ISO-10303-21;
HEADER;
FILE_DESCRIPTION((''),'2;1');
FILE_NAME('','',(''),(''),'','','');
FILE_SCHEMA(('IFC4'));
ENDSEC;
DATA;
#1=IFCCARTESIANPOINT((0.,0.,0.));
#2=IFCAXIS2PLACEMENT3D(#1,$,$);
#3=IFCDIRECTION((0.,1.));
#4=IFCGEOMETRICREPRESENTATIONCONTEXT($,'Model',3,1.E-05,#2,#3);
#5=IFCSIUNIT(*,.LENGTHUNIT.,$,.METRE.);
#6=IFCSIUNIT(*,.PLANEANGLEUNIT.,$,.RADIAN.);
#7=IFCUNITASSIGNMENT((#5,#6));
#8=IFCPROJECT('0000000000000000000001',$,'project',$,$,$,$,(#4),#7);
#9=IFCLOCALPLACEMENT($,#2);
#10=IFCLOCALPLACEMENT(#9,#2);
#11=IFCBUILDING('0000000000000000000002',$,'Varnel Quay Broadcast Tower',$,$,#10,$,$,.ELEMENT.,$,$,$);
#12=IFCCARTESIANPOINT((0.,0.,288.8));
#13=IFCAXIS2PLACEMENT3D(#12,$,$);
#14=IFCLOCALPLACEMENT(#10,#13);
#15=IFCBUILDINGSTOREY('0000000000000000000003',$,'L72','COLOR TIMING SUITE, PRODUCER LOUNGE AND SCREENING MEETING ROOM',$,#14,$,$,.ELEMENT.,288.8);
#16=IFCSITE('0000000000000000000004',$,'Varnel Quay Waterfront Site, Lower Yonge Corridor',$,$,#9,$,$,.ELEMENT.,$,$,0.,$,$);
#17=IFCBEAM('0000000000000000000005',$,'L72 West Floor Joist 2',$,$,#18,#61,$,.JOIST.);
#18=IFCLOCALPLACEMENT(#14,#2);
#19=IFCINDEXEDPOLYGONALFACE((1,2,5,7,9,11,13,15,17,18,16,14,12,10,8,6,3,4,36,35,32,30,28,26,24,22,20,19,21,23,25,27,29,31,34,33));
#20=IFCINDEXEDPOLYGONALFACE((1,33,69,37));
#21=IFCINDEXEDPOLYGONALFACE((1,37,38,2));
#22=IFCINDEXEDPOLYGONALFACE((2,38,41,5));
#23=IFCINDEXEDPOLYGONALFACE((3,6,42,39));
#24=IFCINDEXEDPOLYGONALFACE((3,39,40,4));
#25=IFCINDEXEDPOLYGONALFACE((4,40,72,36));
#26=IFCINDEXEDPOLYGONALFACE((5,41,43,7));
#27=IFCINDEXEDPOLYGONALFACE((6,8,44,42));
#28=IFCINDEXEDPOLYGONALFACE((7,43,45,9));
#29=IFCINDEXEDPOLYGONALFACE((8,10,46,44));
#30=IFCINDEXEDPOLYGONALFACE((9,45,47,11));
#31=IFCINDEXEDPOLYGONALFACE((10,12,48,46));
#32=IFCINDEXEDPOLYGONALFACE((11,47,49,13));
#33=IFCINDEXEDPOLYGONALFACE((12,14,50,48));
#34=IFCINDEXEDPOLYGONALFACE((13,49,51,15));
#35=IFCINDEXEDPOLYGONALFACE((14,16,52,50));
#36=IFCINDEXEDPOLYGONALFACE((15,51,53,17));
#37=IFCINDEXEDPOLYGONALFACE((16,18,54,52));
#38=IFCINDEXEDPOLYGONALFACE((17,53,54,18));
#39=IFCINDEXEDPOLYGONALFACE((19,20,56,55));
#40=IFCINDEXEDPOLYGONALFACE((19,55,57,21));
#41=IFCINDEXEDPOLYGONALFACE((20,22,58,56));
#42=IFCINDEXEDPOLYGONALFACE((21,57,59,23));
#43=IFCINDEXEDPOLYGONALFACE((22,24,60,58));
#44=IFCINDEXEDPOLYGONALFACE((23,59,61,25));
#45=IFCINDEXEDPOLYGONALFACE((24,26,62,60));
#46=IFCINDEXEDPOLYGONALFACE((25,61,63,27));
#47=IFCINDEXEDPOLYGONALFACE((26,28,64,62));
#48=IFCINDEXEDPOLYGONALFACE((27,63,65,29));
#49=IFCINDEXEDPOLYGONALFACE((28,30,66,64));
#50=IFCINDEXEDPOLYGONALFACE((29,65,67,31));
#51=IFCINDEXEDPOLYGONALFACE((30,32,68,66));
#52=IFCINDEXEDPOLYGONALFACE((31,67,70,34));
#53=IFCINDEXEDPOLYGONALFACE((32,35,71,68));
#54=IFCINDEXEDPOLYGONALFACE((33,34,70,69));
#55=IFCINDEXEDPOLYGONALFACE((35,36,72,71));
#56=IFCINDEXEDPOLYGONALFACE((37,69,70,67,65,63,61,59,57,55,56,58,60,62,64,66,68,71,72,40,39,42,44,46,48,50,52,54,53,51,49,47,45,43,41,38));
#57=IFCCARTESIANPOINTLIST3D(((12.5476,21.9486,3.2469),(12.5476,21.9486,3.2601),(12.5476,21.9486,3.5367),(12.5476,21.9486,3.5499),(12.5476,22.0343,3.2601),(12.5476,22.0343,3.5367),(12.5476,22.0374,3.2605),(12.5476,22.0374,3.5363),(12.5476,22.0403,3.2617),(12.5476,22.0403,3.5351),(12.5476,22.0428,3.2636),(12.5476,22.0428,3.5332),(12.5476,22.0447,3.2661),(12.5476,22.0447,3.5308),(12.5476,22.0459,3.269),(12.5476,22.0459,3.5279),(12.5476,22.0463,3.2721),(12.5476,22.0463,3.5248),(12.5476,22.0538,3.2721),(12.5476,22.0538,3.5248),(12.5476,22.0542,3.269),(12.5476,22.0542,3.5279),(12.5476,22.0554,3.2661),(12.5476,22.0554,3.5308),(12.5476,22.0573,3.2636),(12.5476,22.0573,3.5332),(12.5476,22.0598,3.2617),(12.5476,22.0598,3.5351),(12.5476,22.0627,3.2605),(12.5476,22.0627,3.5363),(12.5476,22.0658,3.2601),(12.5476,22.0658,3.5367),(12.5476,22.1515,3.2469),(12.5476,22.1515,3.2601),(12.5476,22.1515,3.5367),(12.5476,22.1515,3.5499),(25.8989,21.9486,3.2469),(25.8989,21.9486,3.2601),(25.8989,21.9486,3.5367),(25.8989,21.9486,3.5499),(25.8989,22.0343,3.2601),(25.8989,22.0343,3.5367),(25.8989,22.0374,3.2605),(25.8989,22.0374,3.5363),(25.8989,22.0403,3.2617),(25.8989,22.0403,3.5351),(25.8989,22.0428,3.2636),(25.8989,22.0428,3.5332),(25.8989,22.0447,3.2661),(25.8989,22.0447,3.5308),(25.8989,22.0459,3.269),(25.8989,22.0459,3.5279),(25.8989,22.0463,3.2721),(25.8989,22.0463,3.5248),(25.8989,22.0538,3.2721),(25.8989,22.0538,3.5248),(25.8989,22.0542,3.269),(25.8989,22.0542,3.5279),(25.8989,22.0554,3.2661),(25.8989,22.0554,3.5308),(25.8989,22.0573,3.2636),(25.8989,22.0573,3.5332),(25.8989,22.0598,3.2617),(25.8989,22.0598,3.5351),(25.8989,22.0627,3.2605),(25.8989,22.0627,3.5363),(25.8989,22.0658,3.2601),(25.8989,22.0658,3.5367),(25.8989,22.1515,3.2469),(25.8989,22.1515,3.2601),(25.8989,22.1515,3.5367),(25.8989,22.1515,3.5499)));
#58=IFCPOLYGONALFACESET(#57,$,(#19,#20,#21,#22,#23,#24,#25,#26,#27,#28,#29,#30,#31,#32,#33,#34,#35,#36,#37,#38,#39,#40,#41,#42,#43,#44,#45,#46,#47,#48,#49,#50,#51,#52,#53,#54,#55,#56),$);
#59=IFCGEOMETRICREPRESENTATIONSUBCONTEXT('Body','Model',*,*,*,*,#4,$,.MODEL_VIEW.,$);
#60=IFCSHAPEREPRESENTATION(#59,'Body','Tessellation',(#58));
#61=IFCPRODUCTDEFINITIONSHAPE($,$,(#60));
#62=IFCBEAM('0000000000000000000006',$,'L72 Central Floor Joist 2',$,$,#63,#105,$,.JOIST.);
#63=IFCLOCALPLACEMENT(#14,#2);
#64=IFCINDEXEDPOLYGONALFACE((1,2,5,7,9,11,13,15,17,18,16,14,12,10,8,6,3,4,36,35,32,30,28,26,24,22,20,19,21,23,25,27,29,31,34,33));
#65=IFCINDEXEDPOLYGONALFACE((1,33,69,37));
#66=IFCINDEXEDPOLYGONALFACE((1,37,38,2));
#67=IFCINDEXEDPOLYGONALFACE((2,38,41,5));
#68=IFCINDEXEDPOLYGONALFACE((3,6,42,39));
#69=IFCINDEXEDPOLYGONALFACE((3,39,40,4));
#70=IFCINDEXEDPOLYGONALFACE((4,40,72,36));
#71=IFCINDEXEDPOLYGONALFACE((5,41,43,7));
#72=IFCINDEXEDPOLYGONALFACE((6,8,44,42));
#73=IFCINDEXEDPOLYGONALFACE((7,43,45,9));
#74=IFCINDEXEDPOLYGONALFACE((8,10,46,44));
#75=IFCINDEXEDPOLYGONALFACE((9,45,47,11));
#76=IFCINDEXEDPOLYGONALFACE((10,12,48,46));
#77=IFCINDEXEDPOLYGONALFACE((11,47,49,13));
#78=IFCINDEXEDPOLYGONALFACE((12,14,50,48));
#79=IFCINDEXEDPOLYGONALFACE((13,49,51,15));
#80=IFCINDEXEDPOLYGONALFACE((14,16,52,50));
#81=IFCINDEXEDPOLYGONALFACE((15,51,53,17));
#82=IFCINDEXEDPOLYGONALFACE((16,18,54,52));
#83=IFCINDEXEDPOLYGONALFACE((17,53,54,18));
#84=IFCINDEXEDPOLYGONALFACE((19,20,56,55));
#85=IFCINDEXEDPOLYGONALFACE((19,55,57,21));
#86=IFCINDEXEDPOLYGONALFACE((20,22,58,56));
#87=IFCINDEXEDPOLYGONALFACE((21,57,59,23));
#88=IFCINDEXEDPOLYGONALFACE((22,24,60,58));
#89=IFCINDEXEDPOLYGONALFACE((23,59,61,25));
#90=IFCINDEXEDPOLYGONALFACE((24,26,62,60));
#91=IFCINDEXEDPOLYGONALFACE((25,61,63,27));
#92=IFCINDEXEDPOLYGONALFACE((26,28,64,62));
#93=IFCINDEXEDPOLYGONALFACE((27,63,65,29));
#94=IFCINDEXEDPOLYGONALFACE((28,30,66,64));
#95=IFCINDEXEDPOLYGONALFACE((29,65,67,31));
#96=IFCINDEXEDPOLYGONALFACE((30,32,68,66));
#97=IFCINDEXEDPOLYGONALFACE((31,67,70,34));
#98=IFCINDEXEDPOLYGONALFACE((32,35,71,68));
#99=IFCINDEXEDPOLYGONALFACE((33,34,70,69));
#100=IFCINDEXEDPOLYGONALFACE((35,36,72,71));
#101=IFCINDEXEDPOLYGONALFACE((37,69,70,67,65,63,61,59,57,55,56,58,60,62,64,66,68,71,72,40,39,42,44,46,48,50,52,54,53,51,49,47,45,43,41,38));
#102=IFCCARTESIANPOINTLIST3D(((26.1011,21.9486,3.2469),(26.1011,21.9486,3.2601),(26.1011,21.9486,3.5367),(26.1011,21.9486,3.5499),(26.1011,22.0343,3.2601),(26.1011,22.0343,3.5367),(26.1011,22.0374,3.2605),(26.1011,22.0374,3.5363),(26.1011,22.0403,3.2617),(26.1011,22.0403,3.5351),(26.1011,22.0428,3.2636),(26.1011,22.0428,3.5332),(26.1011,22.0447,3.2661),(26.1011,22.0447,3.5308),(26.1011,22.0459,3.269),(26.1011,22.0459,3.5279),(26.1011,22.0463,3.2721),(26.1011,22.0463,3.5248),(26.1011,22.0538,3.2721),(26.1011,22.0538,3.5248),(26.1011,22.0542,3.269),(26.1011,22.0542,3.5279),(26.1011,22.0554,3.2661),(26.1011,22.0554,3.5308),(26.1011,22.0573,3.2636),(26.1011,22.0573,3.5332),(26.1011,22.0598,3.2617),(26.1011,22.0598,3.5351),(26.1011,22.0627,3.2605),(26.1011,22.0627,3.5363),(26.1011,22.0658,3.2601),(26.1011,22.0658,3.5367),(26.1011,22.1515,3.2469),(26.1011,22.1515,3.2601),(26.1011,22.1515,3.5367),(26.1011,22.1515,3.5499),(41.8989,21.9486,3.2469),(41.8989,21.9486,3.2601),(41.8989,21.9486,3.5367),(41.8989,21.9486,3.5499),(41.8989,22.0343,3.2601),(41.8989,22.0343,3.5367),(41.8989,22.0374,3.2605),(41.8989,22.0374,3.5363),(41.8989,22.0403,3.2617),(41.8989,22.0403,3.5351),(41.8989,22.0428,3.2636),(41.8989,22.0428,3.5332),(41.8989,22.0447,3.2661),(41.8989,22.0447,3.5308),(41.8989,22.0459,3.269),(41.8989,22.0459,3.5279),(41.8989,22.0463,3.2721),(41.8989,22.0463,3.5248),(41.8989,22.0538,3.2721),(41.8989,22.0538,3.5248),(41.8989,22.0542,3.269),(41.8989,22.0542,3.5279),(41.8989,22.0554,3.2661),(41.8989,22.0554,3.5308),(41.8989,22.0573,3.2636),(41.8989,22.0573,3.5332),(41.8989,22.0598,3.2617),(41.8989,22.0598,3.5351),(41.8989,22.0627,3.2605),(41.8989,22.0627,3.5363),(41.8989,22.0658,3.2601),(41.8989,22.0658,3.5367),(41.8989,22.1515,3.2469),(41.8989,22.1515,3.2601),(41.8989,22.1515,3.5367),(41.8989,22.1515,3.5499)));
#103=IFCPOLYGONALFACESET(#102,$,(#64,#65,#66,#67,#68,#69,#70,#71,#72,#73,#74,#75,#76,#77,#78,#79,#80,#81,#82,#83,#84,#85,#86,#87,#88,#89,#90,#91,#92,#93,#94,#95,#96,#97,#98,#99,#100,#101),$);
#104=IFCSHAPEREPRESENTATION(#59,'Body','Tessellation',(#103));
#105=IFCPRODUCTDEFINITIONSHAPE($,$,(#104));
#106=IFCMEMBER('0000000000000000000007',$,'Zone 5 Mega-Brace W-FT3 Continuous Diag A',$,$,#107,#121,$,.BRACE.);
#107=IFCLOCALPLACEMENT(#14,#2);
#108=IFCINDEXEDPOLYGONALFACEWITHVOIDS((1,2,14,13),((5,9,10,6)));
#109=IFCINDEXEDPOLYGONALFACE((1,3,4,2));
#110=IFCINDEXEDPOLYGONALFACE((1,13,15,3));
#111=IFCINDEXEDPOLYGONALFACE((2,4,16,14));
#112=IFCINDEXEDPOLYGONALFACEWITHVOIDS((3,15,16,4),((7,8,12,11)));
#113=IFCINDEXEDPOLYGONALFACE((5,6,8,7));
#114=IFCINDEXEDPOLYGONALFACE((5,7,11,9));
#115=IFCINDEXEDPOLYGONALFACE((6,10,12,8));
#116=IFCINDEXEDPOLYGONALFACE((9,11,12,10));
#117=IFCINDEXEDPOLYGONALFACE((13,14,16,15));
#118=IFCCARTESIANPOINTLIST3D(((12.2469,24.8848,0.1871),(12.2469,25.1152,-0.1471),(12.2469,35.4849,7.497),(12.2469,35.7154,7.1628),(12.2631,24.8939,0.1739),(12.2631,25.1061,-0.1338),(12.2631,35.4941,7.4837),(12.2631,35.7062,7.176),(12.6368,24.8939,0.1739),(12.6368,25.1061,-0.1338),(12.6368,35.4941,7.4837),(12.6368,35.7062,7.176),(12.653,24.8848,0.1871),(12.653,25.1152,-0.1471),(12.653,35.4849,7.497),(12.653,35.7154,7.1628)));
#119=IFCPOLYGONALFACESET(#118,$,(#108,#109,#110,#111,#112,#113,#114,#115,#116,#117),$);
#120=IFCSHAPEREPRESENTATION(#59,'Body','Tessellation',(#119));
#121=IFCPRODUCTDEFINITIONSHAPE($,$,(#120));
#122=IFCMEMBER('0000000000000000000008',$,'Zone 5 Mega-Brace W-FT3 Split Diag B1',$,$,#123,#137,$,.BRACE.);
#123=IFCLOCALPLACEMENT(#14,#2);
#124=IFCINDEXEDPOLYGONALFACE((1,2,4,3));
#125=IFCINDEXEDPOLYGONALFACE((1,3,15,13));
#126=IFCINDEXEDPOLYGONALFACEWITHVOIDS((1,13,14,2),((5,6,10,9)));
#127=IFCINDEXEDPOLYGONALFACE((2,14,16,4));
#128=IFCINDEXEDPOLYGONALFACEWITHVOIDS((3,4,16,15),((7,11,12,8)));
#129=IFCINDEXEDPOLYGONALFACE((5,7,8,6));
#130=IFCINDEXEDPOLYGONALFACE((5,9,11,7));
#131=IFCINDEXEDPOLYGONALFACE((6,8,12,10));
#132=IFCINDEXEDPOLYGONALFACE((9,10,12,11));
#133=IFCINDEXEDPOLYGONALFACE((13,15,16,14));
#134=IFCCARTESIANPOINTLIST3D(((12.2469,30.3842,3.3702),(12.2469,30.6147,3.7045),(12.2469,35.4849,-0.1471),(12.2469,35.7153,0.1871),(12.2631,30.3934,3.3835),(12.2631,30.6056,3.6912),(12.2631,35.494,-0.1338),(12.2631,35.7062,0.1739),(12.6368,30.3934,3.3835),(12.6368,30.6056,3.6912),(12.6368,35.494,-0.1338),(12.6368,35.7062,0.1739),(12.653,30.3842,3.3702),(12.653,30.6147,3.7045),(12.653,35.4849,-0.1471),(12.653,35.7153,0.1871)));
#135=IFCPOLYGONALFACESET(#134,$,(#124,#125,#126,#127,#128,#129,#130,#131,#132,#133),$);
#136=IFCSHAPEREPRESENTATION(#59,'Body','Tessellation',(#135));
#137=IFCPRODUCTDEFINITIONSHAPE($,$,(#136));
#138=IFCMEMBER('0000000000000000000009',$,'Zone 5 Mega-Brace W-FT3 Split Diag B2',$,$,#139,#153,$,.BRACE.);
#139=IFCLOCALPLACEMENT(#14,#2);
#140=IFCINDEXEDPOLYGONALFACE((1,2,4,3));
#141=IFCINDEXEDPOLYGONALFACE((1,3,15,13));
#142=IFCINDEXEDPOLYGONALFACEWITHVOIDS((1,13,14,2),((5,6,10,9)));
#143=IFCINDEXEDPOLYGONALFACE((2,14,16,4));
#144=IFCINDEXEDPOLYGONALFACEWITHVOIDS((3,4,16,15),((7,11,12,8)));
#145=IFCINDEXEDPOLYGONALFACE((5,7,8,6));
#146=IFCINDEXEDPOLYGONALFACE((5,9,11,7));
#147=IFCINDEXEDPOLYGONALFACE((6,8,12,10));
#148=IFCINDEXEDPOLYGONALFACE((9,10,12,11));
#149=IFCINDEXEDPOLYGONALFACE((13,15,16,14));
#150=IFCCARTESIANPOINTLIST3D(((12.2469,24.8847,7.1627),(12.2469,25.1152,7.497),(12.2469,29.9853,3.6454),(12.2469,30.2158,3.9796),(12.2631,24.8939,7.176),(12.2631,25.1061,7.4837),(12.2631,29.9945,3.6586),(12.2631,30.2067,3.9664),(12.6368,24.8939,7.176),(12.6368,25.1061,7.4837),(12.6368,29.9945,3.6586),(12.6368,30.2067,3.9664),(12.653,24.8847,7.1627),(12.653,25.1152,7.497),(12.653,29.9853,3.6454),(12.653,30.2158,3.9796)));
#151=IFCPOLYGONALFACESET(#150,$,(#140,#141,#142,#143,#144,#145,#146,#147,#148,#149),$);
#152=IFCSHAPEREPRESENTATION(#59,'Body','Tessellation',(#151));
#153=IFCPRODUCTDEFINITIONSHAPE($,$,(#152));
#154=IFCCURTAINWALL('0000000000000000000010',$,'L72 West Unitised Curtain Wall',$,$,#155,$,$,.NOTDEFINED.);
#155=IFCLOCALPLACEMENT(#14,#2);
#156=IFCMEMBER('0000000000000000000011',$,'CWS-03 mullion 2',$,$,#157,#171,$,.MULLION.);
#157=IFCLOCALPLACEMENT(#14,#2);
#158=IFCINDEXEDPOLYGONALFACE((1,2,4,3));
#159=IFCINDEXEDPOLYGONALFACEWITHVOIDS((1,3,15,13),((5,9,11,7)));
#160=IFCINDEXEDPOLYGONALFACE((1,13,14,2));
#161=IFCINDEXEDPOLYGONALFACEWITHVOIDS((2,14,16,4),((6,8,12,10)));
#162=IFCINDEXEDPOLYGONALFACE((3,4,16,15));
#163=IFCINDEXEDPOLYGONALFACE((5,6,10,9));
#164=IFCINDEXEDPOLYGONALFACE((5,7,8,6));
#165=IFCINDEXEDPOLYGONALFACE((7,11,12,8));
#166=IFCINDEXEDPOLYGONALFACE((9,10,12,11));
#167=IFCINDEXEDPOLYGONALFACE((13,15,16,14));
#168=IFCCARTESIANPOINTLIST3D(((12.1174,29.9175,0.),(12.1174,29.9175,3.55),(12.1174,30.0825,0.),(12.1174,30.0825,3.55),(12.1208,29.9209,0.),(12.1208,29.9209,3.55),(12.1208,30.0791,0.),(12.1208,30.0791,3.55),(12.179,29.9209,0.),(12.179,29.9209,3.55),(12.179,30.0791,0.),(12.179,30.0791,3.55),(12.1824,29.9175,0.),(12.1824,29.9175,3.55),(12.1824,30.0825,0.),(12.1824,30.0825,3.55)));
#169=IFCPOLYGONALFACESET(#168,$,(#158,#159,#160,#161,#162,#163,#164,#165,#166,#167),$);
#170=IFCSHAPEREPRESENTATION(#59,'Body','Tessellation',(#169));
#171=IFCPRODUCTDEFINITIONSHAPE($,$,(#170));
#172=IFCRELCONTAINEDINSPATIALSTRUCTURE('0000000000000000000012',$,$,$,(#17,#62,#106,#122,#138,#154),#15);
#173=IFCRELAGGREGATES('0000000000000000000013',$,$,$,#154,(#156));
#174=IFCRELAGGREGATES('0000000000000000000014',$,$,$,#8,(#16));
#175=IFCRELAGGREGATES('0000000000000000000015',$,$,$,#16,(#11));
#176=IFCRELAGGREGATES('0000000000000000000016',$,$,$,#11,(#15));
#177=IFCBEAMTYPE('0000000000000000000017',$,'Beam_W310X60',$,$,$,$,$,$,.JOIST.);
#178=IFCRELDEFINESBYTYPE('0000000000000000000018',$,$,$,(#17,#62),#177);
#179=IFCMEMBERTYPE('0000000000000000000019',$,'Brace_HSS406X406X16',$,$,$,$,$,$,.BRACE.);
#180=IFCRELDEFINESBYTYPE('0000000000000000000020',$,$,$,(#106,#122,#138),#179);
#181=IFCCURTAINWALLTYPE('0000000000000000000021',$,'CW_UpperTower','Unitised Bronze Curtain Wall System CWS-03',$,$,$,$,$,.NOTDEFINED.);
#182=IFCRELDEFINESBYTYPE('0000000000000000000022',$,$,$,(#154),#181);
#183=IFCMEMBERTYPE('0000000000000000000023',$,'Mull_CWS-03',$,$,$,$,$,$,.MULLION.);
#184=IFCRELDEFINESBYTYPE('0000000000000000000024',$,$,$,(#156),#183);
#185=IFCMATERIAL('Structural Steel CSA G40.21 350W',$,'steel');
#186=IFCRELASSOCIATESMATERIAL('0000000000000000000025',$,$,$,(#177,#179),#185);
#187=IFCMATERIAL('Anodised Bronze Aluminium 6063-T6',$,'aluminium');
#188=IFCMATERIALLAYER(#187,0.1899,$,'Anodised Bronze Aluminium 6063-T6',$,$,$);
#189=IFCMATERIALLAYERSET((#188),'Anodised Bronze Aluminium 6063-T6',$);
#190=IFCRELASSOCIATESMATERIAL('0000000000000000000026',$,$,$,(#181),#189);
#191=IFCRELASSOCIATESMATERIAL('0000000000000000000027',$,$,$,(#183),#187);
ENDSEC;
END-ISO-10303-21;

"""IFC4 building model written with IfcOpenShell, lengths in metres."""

from ifc_helpers import new_model, si_unit, direction, frame, origin, origin_2d, place, context, subcontext, project, spatial, hollow_rectangle, i_section, extrude, source, transform, mapped, material, layer, layer_set, material_profile, profile_set, type_object, type_shapes, element, aggregate, save


model = new_model("IFC4")

# Units and contexts
model_context = context("Model", 3, precision=1e-05, world=origin(), true_north=direction((0.0, 1.0)))
body_context = subcontext(model_context, "Body", "Model", "MODEL_VIEW")
ifc_project = project(units=[si_unit("LENGTHUNIT", "METRE"), si_unit("PLANEANGLEUNIT", "RADIAN")], contexts=[model_context])

# Site, building, storey
site_placement = place(None, origin())
site = spatial("IfcSite", under=ifc_project, at=site_placement, Name="Varnel Quay Waterfront Site, Lower Yonge Corridor", CompositionType="ELEMENT", RefElevation=0.0)
building_placement = place(site_placement, origin())
building = spatial("IfcBuilding", under=site, at=building_placement, Name="Varnel Quay Broadcast Tower", CompositionType="ELEMENT")
storey_placement = place(building_placement, frame((0.0, 0.0, 288.8)))
storey = spatial("IfcBuildingStorey", under=building, at=storey_placement, Name="L72", Description="COLOR TIMING SUITE, PRODUCER LOUNGE AND SCREENING MEETING ROOM", CompositionType="ELEMENT", Elevation=288.8)

# Shared definitions
ifc_material_1 = material(Name="Structural Steel CSA G40.21 350W", Category="steel")

# Beams
ifc_material_profile_1 = material_profile(ifc_material_1, i_section(OverallWidth=0.2029, OverallDepth=0.303, WebThickness=0.0076, FlangeThickness=0.0132, FilletRadius=0.012, at=origin_2d()), Name="W310X60")
ifc_profile_set_1 = profile_set([ifc_material_profile_1], Name="Structural Steel CSA G40.21 350W")
beam_type_1 = type_object("IfcBeamType", Name="Beam_W310X60", PredefinedType="JOIST", material=ifc_profile_set_1)
shared_shape_1 = source(origin(), body_context, "Body", "SweptSolid", [
    extrude(i_section(OverallWidth=0.2029, OverallDepth=0.303, WebThickness=0.0076, FlangeThickness=0.0132, FilletRadius=0.012, at=origin_2d()), origin(), (0.0, 0.0, 1.0), 13.3513),
])
beam_1_placement = place(storey_placement, frame((12.5476, 22.05, 3.3984), z_axis=(1.0, 0.0, 0.0), x_axis=(0.0, 1.0, 0.0)))
element("IfcBeam", 1, at=beam_1_placement, inside=storey, type_object=beam_type_1, Name="L72 West Floor Joist 2", PredefinedType="JOIST", context=body_context, shape_type="MappedRepresentation", body=[
    mapped(shared_shape_1, transform((0.0, 0.0, 0.0), x_axis=(1.0, 0.0, 0.0), y_axis=(0.0, 1.0, 0.0), z_axis=(0.0, 0.0, 1.0), scale=1.0)),
])
shared_shape_2 = source(origin(), body_context, "Body", "SweptSolid", [
    extrude(i_section(OverallWidth=0.2029, OverallDepth=0.303, WebThickness=0.0076, FlangeThickness=0.0132, FilletRadius=0.012, at=origin_2d()), origin(), (0.0, 0.0, 1.0), 15.7979),
])
type_shapes(beam_type_1, [shared_shape_1, shared_shape_2])
beam_2_placement = place(storey_placement, frame((26.1011, 22.05, 3.3984), z_axis=(1.0, 0.0, 0.0), x_axis=(0.0, 1.0, 0.0)))
element("IfcBeam", 2, at=beam_2_placement, inside=storey, type_object=beam_type_1, Name="L72 Central Floor Joist 2", PredefinedType="JOIST", context=body_context, shape_type="MappedRepresentation", body=[
    mapped(shared_shape_2, transform((0.0, 0.0, 0.0), x_axis=(1.0, 0.0, 0.0), y_axis=(0.0, 1.0, 0.0), z_axis=(0.0, 0.0, 1.0), scale=1.0)),
])

# Members
ifc_material_profile_2 = material_profile(ifc_material_1, hollow_rectangle(XDim=0.406, YDim=0.406, WallThickness=0.0161, at=origin_2d()), Name="HSS406X406X16")
ifc_profile_set_2 = profile_set([ifc_material_profile_2], Name="Structural Steel CSA G40.21 350W")
member_type_1 = type_object("IfcMemberType", Name="Brace_HSS406X406X16", PredefinedType="BRACE", material=ifc_profile_set_2)
shared_shape_3 = source(origin(), body_context, "Body", "SweptSolid", [
    extrude(hollow_rectangle(XDim=0.406, YDim=0.406, WallThickness=0.0161, at=origin_2d()), origin(), (0.0, 0.0, 1.0), 12.8762),
])
member_1_placement = place(storey_placement, frame((12.45, 25.0, 0.02), z_axis=(0.0, 0.823234, 0.567701), x_axis=(-1.0, 0.0, 0.0)))
element("IfcMember", 3, at=member_1_placement, inside=storey, type_object=member_type_1, Name="Zone 5 Mega-Brace W-FT3 Continuous Diag A", PredefinedType="BRACE", context=body_context, shape_type="MappedRepresentation", body=[
    mapped(shared_shape_3, transform((0.0, 0.0, 0.0), x_axis=(1.0, 0.0, 0.0), y_axis=(0.0, 1.0, 0.0), z_axis=(0.0, 0.0, 1.0), scale=1.0)),
])
shared_shape_4 = source(origin(), body_context, "Body", "SweptSolid", [
    extrude(hollow_rectangle(XDim=0.406, YDim=0.406, WallThickness=0.0161, at=origin_2d()), origin(), (0.0, 0.0, 1.0), 6.1958),
])
type_shapes(member_type_1, [shared_shape_3, shared_shape_4])
for number, where, z_axis, x_axis, name in (
    (4, (12.45, 35.6001, 0.02), (0.0, -0.823236, 0.567699), (1.0, 0.0, 0.0), "Zone 5 Mega-Brace W-FT3 Split Diag B1"),
    (5, (12.45, 30.1006, 3.8125), (0.0, -0.823236, 0.567699), (1.0, 0.0, 0.0), "Zone 5 Mega-Brace W-FT3 Split Diag B2"),
):
    element("IfcMember", number, at=place(storey_placement, frame(where, z_axis=z_axis, x_axis=x_axis)), inside=storey, type_object=member_type_1, Name=name, PredefinedType="BRACE", context=body_context, shape_type="MappedRepresentation", body=[
        mapped(shared_shape_4, transform((0.0, 0.0, 0.0), x_axis=(1.0, 0.0, 0.0), y_axis=(0.0, 1.0, 0.0), z_axis=(0.0, 0.0, 1.0), scale=1.0)),
    ])

# Curtain wall, member
ifc_material_2 = material(Name="Anodised Bronze Aluminium 6063-T6", Category="aluminium")
ifc_layer_1 = layer(ifc_material_2, 0.1899, Name="Anodised Bronze Aluminium 6063-T6")
ifc_layer_set_1 = layer_set([ifc_layer_1], Name="Anodised Bronze Aluminium 6063-T6")
curtain_wall_type = type_object("IfcCurtainWallType", Name="CW_UpperTower", Description="Unitised Bronze Curtain Wall System CWS-03", PredefinedType="NOTDEFINED", material=ifc_layer_set_1)
curtain_wall_placement = place(storey_placement, origin())
curtain_wall = element("IfcCurtainWall", 6, at=curtain_wall_placement, inside=storey, type_object=curtain_wall_type, Name="L72 West Unitised Curtain Wall", PredefinedType="NOTDEFINED")
ifc_material_profile_3 = material_profile(ifc_material_2, hollow_rectangle(XDim=0.0649, YDim=0.165, WallThickness=0.0034, at=origin_2d()), Name="ALU65X165X3.5")
ifc_profile_set_3 = profile_set([ifc_material_profile_3], Name="Anodised Bronze Aluminium 6063-T6")
member_type_2 = type_object("IfcMemberType", Name="Mull_CWS-03", PredefinedType="MULLION", material=ifc_profile_set_3)
shared_shape_5 = source(origin(), body_context, "Body", "SweptSolid", [
    extrude(hollow_rectangle(XDim=0.0649, YDim=0.165, WallThickness=0.0034, at=origin_2d()), origin(), (0.0, 0.0, 1.0), 3.55),
])
type_shapes(member_type_2, [shared_shape_5])
member_2_placement = place(storey_placement, frame((12.1499, 30.0, 0.0), z_axis=(0.0, 0.0, 1.0), x_axis=(-1.0, 0.0, 0.0)))
member_2 = element("IfcMember", 7, at=member_2_placement, type_object=member_type_2, Name="CWS-03 mullion 2", PredefinedType="MULLION", context=body_context, shape_type="MappedRepresentation", body=[
    mapped(shared_shape_5, transform((0.0, 0.0, 0.0), x_axis=(1.0, 0.0, 0.0), y_axis=(0.0, 1.0, 0.0), z_axis=(0.0, 0.0, 1.0), scale=1.0)),
])

aggregate(curtain_wall, [member_2])

save(model, "model.ifc")
